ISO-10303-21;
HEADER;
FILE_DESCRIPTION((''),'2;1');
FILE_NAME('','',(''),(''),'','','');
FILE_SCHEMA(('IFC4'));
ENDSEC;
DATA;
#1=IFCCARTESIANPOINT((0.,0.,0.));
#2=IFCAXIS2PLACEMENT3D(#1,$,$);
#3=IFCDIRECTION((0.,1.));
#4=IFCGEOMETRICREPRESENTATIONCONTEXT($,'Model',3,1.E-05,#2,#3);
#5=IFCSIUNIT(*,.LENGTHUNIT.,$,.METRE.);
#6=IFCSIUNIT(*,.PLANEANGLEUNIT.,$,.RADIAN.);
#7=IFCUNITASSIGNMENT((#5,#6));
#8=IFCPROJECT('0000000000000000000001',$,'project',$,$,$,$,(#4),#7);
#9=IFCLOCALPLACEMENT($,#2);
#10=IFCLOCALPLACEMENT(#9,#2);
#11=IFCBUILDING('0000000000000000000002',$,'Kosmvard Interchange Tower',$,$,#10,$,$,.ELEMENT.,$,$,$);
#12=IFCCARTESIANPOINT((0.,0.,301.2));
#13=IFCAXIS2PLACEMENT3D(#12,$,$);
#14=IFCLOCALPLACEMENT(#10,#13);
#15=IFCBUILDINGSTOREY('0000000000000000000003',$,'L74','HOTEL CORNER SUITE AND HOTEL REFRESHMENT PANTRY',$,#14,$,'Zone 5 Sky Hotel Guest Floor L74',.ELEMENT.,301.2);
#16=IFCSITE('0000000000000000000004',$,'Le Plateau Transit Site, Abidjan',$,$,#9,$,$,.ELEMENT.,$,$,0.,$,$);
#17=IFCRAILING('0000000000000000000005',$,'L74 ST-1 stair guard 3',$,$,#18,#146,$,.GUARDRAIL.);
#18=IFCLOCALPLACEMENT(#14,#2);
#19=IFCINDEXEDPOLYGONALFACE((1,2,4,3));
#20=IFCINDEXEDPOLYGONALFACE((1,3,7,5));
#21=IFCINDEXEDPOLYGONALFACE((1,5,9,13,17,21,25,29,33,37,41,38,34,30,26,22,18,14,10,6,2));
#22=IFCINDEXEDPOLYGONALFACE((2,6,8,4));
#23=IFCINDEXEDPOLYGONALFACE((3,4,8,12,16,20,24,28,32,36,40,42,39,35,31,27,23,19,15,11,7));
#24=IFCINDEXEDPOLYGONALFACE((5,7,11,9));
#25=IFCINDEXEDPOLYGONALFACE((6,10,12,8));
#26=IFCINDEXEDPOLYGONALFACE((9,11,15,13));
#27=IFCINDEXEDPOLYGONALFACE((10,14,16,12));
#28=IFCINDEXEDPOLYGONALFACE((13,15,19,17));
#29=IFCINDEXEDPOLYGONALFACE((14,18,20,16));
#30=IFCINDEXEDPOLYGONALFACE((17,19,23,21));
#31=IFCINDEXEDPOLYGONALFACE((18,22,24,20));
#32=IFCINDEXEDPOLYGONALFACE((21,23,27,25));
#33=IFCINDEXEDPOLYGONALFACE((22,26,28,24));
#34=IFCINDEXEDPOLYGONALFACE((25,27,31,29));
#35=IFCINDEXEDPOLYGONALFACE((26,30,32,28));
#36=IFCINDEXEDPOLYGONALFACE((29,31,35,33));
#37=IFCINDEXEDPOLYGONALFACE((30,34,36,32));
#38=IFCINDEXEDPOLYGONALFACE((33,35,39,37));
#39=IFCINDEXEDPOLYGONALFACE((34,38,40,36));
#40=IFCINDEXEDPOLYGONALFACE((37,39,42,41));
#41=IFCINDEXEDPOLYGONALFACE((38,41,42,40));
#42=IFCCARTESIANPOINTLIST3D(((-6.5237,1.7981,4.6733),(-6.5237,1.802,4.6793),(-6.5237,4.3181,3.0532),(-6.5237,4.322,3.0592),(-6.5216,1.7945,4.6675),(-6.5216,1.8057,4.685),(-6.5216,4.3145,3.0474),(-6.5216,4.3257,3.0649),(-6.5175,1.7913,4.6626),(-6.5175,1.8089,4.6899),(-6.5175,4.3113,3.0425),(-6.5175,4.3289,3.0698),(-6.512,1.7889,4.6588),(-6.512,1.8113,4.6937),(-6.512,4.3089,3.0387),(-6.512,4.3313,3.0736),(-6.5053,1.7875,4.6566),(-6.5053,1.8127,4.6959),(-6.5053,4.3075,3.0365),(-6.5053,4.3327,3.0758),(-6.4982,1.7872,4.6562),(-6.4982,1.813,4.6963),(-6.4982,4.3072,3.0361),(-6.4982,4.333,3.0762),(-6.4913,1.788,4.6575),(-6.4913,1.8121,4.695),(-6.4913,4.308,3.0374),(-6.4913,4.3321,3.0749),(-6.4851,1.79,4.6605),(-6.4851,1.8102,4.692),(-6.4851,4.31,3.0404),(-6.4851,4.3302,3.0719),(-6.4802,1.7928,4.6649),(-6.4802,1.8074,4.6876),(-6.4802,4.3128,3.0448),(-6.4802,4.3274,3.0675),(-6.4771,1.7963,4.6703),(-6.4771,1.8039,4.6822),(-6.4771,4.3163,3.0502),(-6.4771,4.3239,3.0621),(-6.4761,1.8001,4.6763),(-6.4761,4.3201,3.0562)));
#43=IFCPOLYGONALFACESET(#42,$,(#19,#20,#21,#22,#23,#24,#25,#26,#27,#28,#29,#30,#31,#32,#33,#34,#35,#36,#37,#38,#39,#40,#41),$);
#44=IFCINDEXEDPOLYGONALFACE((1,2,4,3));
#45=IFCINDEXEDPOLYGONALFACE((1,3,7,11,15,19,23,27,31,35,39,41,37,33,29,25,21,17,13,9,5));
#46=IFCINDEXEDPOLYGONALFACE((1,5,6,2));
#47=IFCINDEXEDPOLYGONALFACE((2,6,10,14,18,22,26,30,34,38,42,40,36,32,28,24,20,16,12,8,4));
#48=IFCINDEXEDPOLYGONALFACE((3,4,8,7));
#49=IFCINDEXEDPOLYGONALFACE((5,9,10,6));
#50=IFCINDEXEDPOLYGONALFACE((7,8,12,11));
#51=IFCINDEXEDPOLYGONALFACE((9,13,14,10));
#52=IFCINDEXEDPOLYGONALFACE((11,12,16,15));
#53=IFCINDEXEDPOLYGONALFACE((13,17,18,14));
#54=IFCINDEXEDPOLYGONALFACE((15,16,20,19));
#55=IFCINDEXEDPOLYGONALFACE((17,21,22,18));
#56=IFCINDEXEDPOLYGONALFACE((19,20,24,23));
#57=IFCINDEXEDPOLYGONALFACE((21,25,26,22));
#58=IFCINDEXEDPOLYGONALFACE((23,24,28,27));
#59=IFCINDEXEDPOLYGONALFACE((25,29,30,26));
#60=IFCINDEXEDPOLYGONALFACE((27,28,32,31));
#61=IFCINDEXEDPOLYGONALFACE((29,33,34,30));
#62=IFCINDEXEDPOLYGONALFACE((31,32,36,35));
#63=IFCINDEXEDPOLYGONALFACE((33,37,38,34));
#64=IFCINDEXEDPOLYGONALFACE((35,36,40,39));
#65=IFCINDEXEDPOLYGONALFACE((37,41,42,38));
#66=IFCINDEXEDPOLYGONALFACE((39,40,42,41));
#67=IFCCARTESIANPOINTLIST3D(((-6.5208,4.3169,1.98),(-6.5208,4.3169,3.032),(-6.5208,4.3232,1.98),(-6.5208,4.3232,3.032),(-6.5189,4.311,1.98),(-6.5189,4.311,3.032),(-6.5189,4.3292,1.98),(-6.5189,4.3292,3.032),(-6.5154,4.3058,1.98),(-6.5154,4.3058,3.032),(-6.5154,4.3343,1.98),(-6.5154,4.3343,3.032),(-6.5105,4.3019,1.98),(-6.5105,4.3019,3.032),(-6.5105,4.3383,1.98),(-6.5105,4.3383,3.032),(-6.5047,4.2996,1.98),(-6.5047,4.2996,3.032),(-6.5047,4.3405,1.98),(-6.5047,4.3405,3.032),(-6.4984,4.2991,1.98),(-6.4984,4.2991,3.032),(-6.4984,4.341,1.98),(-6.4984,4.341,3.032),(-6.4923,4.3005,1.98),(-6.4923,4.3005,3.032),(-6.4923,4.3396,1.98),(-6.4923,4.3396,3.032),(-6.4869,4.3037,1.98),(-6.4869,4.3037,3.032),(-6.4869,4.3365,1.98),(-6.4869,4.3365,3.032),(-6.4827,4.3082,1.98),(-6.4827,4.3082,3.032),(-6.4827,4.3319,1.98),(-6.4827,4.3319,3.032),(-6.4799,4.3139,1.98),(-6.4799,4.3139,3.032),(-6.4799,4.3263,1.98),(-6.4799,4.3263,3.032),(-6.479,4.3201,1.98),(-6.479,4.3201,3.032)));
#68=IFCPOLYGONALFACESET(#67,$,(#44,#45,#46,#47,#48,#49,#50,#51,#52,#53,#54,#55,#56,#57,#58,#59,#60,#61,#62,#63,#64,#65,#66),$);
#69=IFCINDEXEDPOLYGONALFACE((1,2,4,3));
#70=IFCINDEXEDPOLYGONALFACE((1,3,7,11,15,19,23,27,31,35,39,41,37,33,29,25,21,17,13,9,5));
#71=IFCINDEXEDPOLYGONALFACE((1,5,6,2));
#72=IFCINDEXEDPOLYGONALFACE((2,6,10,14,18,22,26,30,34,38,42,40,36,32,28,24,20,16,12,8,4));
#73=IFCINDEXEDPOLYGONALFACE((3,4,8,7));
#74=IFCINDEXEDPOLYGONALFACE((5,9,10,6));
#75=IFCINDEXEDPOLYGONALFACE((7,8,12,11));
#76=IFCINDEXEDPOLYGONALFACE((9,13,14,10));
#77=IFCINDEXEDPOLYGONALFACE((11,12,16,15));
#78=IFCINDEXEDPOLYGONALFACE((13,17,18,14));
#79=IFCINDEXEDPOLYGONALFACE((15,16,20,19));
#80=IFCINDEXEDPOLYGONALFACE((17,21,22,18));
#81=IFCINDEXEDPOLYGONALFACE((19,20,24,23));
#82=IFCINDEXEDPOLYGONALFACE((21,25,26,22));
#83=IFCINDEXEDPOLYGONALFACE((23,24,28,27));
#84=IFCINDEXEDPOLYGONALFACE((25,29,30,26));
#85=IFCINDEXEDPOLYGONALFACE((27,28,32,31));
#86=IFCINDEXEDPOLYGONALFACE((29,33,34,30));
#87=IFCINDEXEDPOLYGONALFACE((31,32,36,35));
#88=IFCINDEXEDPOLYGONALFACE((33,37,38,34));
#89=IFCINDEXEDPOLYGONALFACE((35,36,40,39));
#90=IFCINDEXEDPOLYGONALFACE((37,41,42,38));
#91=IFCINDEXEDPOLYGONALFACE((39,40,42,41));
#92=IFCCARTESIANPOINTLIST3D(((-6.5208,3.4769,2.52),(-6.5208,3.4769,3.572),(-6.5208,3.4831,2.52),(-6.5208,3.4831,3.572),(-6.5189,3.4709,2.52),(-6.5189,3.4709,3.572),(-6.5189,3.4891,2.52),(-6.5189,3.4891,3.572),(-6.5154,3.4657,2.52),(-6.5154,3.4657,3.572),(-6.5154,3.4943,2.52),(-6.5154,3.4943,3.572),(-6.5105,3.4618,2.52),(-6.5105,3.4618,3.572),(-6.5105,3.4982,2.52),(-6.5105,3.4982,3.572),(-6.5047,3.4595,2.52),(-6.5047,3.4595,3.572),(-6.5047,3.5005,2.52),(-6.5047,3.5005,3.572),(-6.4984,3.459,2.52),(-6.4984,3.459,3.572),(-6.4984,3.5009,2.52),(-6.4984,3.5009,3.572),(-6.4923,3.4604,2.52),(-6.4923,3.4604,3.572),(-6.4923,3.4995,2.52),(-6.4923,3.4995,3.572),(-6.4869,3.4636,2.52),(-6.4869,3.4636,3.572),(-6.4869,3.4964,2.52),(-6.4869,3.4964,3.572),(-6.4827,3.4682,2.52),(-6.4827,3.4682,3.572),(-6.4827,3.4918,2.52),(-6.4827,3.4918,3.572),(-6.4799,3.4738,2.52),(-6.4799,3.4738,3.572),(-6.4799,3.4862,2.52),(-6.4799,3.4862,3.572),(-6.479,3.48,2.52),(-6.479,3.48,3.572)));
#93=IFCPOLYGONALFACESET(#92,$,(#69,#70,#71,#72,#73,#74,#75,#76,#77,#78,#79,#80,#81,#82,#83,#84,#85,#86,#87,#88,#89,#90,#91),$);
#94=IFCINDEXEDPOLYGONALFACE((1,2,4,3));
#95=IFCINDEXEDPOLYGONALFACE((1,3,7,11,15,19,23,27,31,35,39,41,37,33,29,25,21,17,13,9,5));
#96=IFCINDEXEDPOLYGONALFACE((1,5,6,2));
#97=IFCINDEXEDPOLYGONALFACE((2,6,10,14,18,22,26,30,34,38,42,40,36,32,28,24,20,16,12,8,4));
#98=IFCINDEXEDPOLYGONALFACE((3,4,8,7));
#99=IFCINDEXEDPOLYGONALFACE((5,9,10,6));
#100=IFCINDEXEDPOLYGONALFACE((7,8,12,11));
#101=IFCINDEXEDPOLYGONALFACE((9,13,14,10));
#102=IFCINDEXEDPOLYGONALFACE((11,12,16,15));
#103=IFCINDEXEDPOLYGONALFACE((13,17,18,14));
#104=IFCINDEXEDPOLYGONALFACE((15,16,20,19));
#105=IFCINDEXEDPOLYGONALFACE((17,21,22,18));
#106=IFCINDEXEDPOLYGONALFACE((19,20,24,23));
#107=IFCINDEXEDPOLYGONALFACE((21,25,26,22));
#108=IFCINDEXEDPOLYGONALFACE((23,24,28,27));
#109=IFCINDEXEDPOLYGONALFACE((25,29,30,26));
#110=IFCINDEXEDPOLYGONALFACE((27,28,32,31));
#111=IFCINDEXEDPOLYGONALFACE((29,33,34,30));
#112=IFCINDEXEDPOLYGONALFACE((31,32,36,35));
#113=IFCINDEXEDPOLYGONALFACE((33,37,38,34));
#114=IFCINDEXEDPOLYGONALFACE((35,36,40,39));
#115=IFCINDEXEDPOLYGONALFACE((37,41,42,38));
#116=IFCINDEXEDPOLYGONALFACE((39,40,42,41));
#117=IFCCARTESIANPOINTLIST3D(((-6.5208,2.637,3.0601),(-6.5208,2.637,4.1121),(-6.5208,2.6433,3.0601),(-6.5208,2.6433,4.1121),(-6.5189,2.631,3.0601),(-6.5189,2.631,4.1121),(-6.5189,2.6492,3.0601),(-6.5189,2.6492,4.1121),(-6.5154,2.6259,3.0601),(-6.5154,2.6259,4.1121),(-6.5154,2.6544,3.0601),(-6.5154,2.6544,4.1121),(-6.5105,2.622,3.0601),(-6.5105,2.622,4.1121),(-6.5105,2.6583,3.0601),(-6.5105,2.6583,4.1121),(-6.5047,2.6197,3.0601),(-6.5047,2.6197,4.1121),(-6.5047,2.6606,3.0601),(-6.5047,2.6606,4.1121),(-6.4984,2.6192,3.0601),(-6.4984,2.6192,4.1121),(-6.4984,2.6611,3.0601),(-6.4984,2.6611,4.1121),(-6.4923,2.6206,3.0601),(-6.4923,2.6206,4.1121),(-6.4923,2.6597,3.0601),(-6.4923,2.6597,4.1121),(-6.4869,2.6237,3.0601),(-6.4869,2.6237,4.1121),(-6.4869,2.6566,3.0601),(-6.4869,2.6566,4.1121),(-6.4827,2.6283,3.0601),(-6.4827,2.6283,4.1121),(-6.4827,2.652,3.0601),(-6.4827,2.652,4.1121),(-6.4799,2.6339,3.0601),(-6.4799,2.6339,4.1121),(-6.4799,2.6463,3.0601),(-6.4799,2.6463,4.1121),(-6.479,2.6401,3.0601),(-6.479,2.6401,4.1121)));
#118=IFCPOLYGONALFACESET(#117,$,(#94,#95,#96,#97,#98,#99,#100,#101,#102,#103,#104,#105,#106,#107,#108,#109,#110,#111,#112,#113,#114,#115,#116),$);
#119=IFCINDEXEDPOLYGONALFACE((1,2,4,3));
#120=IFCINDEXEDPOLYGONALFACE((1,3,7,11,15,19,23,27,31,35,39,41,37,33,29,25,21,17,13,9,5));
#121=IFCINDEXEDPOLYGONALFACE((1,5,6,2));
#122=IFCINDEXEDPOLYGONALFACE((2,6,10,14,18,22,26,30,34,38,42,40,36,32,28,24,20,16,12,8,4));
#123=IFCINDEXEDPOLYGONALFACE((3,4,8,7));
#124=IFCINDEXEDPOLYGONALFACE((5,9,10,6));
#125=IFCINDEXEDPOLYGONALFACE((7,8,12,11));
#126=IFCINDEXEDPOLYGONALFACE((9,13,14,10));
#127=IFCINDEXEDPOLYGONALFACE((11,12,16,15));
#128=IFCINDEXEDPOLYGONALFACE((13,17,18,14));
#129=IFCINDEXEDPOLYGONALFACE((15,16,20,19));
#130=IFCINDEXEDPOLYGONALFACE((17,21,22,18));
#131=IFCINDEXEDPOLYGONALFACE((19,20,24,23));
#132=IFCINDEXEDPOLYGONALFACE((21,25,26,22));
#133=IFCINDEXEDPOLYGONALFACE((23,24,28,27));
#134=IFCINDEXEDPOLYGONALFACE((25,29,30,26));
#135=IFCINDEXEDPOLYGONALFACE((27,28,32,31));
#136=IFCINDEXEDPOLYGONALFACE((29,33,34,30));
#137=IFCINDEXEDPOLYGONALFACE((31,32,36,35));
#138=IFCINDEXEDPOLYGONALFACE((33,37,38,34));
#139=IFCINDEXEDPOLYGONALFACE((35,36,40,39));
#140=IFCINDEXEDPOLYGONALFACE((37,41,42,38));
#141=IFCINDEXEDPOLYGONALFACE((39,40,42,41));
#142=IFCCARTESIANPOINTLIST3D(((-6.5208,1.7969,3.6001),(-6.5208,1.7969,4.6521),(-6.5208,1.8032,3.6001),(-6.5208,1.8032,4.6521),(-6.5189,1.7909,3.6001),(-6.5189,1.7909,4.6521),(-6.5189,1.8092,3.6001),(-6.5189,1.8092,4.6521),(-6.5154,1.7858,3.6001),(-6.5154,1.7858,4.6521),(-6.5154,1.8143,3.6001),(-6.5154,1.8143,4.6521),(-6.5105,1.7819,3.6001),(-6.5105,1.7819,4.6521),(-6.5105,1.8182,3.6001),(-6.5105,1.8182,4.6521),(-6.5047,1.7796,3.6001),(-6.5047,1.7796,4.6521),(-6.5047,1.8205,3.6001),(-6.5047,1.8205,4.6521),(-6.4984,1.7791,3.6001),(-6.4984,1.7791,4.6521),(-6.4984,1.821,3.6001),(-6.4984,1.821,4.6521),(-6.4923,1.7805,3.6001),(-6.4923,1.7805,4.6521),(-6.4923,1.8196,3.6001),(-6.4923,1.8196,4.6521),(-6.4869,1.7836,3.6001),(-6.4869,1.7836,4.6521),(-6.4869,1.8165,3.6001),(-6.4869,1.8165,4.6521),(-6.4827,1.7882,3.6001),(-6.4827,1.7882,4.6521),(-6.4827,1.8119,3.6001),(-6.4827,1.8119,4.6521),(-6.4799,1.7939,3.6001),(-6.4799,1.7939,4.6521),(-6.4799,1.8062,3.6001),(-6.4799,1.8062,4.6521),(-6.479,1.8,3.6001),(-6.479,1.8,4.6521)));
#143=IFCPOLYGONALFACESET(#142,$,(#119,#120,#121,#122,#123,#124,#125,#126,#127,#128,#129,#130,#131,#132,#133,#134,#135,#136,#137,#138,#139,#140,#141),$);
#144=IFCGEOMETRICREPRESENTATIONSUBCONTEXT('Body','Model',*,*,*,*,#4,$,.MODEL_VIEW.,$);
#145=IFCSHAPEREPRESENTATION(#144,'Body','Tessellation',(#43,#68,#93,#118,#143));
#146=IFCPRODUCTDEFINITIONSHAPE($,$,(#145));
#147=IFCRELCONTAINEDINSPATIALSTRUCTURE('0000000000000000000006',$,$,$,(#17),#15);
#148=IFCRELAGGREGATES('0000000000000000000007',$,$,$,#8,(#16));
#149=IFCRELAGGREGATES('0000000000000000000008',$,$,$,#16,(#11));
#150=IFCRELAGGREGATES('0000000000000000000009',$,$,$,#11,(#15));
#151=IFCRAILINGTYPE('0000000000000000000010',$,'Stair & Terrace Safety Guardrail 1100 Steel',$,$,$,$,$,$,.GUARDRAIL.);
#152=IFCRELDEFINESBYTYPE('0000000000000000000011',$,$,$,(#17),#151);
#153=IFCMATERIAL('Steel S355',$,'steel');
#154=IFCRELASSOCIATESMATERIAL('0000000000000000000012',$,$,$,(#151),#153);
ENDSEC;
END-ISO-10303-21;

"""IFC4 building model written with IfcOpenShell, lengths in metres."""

from ifc_helpers import new_model, si_unit, direction, frame, origin, origin_2d, place, context, subcontext, project, spatial, circle, extrude, source, transform, mapped, material, type_object, element, save


model = new_model("IFC4")

# Units and contexts
model_context = context("Model", 3, precision=1e-05, world=origin(), true_north=direction((0.0, 1.0)))
body_context = subcontext(model_context, "Body", "Model", "MODEL_VIEW")
ifc_project = project(units=[si_unit("LENGTHUNIT", "METRE"), si_unit("PLANEANGLEUNIT", "RADIAN")], contexts=[model_context])

# Site, building, storey
site_placement = place(None, origin())
site = spatial("IfcSite", under=ifc_project, at=site_placement, Name="Le Plateau Transit Site, Abidjan", CompositionType="ELEMENT", RefElevation=0.0)
building_placement = place(site_placement, origin())
building = spatial("IfcBuilding", under=site, at=building_placement, Name="Kosmvard Interchange Tower", CompositionType="ELEMENT")
storey_placement = place(building_placement, frame((0.0, 0.0, 301.2)))
storey = spatial("IfcBuildingStorey", under=building, at=storey_placement, Name="L74", Description="HOTEL CORNER SUITE AND HOTEL REFRESHMENT PANTRY", LongName="Zone 5 Sky Hotel Guest Floor L74", CompositionType="ELEMENT", Elevation=301.2)

# Shared definitions
ifc_material_1 = material(Name="Steel S355", Category="steel")

# Railing
railing_type_1 = type_object("IfcRailingType", Name="Stair & Terrace Safety Guardrail 1100 Steel", PredefinedType="GUARDRAIL", material=ifc_material_1)
shared_shape_1 = source(origin(), body_context, "Body", "SweptSolid", [
    extrude(circle(Radius=0.0239, at=origin_2d()), frame((0.0, 0.0, 1.0762), z_axis=(0.0, -0.841163, 0.540782), x_axis=(1.0, 0.0, 0.0)), (0.0, 0.0, 1.0), 2.9958),
    extrude(circle(Radius=0.021, at=origin_2d()), origin(), (0.0, 0.0, 1.0), 1.052),
    extrude(circle(Radius=0.021, at=origin_2d()), frame((0.0, -0.8401, 0.54)), (0.0, 0.0, 1.0), 1.052),
    extrude(circle(Radius=0.021, at=origin_2d()), frame((0.0, -1.6799, 1.0801)), (0.0, 0.0, 1.0), 1.052),
    extrude(circle(Radius=0.021, at=origin_2d()), frame((0.0, -2.52, 1.6201)), (0.0, 0.0, 1.0), 1.052),
])
railing_1_placement = place(storey_placement, frame((-6.5, 4.3201, 1.98)))
element("IfcRailing", 1, at=railing_1_placement, inside=storey, type_object=railing_type_1, Name="L74 ST-1 stair guard 3", PredefinedType="GUARDRAIL", context=body_context, shape_type="MappedRepresentation", body=[
    mapped(shared_shape_1, transform((0.0, 0.0, 0.0), scale=1.0)),
])

save(model, "model.ifc")
